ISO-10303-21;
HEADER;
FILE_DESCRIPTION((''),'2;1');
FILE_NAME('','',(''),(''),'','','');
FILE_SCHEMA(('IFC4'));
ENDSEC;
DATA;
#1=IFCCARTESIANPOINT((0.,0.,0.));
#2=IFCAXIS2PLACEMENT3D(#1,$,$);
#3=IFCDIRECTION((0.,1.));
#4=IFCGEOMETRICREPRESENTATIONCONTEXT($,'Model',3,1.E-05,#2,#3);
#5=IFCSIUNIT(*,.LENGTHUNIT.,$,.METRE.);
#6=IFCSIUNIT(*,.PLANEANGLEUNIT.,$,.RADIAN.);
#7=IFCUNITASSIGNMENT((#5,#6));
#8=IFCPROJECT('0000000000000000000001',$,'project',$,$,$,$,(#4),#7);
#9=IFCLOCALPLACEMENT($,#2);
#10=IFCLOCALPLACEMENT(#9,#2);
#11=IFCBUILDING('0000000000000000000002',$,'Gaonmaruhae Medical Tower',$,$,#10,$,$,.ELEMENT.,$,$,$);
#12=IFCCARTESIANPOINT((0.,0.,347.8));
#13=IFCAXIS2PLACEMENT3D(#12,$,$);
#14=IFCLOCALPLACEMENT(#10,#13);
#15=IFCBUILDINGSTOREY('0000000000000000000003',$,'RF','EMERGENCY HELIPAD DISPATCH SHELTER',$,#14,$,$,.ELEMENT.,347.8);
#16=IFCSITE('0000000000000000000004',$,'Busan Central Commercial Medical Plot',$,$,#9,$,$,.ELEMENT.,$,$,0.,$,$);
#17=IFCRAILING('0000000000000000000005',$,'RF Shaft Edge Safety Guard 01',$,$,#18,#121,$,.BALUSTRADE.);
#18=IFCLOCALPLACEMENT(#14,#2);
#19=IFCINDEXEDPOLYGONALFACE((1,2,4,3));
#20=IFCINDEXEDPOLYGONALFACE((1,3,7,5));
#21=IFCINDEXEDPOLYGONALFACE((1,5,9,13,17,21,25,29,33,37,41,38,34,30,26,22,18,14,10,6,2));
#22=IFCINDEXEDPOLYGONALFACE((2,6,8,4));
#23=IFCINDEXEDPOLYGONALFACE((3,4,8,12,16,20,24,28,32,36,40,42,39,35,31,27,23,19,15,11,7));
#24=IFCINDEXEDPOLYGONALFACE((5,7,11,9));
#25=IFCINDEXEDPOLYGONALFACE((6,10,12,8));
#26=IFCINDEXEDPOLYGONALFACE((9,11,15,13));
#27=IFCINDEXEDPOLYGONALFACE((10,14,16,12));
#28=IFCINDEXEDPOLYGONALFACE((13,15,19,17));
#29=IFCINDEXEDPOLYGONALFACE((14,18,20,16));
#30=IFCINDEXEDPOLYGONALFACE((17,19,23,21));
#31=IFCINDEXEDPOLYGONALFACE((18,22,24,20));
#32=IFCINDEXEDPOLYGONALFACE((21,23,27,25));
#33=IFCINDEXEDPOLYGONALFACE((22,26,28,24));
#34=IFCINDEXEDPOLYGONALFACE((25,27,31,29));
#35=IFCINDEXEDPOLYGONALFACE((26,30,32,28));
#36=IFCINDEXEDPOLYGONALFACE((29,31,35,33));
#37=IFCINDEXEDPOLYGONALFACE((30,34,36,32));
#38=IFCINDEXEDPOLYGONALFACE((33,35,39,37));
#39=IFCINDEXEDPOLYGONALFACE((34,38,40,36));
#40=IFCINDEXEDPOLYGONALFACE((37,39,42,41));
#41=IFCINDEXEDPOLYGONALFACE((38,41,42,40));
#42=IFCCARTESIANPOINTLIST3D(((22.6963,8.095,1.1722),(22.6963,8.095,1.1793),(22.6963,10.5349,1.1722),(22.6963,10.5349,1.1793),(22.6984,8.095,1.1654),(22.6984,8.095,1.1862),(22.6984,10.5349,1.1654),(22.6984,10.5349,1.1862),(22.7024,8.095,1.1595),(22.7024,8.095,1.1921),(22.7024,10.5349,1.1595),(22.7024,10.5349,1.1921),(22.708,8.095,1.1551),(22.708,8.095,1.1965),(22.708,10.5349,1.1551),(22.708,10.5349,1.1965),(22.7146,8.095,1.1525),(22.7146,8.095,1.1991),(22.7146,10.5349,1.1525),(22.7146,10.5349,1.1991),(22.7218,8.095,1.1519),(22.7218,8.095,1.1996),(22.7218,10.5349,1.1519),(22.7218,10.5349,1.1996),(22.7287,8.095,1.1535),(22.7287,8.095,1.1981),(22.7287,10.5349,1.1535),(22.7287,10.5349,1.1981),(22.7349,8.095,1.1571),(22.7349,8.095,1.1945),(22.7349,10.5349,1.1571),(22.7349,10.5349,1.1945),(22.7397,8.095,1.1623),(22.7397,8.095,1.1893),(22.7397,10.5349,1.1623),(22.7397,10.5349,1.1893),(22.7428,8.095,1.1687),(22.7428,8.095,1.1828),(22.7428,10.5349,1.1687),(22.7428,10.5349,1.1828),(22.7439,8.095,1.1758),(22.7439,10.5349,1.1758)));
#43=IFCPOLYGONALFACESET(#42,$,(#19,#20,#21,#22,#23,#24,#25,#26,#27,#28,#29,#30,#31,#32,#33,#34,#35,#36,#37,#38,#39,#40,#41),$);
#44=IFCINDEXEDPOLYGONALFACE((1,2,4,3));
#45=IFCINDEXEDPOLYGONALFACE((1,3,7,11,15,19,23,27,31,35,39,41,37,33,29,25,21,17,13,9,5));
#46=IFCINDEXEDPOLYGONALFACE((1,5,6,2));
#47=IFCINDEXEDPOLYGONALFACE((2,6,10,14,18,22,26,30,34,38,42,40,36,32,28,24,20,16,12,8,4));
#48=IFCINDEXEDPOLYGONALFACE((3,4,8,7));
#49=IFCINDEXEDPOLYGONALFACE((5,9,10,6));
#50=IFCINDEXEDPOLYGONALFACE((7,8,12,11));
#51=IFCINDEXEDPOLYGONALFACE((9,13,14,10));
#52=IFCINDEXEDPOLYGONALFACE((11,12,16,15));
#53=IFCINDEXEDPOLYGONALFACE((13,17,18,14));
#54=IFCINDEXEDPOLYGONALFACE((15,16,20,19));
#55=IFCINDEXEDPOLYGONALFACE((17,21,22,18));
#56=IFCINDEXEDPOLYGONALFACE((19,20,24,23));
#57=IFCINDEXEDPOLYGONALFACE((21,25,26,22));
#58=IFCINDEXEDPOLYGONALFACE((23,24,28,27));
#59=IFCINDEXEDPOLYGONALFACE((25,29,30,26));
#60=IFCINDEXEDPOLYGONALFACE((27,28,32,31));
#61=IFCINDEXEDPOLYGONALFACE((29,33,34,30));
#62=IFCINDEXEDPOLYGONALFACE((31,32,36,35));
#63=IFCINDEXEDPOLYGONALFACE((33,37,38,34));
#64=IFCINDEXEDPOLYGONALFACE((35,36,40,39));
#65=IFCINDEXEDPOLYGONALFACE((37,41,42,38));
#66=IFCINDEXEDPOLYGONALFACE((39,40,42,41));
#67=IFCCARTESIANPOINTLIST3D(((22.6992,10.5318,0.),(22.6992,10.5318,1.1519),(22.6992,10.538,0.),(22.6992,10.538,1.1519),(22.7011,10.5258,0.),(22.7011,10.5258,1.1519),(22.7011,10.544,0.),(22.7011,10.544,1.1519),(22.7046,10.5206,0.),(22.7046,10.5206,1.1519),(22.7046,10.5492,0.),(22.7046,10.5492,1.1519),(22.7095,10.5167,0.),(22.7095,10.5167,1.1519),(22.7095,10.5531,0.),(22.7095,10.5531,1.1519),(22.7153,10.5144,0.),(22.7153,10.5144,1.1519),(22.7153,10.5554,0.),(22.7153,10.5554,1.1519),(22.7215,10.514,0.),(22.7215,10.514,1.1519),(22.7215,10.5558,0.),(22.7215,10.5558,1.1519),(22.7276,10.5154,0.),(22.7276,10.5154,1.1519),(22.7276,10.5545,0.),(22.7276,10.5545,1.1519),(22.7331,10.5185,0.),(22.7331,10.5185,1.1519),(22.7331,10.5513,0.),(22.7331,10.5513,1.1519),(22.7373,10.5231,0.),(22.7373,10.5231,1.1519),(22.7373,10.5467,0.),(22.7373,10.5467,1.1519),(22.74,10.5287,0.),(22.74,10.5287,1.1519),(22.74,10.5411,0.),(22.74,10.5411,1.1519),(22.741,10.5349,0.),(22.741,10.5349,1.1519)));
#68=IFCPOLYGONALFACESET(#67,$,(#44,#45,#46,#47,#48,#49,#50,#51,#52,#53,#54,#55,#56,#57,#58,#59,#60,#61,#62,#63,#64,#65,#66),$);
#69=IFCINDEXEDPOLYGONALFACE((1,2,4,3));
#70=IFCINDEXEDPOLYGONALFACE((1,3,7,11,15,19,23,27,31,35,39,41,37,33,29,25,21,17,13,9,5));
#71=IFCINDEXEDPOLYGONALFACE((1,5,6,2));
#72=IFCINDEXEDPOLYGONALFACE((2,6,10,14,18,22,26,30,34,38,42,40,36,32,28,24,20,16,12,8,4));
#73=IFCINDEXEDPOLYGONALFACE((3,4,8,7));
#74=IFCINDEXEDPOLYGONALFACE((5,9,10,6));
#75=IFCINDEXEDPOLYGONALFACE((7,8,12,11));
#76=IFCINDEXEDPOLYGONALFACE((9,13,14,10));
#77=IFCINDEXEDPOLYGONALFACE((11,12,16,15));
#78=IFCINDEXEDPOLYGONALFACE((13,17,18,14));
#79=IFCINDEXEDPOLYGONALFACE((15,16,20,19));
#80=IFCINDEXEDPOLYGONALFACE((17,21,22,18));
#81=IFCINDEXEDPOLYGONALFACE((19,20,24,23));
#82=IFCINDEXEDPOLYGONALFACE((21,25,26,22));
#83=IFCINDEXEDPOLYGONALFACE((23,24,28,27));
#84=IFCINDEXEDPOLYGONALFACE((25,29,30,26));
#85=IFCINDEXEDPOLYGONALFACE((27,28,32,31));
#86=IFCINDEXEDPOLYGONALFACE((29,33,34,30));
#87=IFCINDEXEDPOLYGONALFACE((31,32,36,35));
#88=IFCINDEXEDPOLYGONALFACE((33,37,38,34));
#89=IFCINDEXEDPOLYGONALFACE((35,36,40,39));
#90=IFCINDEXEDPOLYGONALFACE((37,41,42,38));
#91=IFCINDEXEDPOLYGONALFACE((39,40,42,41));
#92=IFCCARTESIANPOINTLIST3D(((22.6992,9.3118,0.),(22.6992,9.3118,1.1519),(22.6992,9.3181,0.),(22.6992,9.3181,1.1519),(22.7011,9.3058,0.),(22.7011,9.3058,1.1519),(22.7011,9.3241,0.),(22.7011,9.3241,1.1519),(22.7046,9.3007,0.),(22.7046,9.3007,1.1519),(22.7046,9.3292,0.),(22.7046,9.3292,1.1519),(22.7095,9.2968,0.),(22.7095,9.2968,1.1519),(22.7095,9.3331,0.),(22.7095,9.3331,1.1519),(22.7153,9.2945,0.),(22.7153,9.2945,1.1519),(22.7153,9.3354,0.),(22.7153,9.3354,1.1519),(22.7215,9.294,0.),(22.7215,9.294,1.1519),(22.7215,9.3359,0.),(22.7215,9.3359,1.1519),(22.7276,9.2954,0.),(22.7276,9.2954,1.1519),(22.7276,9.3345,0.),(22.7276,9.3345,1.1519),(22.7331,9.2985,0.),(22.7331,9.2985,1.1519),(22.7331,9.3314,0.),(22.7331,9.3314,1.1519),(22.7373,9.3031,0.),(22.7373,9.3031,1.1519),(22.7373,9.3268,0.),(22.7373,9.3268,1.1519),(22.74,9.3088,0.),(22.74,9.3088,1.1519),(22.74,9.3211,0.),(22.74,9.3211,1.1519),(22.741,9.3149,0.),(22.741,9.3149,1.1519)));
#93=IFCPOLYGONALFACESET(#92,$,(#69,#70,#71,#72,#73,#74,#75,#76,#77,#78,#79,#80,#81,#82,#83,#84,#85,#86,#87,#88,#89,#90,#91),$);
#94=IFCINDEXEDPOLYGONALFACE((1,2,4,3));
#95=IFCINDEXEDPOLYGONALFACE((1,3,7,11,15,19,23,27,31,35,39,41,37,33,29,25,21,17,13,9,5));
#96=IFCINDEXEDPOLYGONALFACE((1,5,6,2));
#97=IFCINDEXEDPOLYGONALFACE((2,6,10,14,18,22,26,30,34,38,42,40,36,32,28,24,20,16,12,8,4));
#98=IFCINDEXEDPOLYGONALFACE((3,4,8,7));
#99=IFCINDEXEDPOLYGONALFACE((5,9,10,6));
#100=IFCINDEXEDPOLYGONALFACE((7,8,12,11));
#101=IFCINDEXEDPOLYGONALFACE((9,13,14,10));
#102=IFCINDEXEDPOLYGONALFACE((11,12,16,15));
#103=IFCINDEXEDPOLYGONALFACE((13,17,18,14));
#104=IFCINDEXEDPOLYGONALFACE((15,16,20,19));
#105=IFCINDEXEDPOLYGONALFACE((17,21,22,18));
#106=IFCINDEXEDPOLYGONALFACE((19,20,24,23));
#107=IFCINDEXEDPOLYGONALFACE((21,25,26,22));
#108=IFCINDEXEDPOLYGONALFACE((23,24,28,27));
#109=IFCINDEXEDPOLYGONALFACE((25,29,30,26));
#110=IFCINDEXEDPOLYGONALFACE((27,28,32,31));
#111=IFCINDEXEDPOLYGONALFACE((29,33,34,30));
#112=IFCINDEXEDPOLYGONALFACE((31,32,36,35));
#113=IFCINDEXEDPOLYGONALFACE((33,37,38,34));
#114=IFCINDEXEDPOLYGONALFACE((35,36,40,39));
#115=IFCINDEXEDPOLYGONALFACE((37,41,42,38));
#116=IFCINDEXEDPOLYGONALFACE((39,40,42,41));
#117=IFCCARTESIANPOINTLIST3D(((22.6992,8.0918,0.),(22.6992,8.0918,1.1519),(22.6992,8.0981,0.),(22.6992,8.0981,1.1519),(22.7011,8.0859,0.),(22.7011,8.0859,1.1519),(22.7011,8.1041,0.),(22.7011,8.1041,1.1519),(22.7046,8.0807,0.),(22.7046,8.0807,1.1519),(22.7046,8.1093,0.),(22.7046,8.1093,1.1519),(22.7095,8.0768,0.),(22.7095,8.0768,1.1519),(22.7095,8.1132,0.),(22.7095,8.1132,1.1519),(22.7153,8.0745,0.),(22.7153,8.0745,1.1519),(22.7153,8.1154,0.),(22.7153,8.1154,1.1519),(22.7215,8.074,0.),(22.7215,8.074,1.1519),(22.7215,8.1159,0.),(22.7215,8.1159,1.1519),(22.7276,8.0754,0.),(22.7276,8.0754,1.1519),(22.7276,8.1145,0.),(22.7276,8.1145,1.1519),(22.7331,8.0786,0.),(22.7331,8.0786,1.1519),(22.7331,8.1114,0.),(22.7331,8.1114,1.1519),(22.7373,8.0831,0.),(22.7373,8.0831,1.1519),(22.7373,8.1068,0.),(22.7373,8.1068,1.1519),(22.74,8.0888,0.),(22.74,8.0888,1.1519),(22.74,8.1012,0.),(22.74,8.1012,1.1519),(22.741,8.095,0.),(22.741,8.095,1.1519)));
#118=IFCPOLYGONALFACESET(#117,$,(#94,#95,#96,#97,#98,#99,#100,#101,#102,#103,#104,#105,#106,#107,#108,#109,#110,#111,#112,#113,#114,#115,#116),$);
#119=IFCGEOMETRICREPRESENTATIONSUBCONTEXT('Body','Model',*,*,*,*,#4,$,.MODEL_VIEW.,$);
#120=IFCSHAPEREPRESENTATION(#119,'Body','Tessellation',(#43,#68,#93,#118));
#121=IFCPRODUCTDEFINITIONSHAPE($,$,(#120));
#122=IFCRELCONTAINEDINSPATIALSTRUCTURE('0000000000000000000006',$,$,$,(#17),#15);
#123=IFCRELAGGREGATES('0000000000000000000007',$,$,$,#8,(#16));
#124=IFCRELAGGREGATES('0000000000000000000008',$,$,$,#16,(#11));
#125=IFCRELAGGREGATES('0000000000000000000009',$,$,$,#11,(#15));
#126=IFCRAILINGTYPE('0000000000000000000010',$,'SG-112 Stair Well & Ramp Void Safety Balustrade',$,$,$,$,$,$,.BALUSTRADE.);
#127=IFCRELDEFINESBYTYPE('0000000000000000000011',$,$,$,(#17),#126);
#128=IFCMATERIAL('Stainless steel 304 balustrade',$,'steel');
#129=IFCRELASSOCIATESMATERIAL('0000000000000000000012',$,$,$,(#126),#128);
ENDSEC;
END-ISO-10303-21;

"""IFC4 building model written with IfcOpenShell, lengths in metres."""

from ifc_helpers import new_model, si_unit, direction, frame, origin, origin_2d, place, context, subcontext, project, spatial, circle, extrude, material, type_object, element, save


model = new_model("IFC4")

# Units and contexts
model_context = context("Model", 3, precision=1e-05, world=origin(), true_north=direction((0.0, 1.0)))
body_context = subcontext(model_context, "Body", "Model", "MODEL_VIEW")
ifc_project = project(units=[si_unit("LENGTHUNIT", "METRE"), si_unit("PLANEANGLEUNIT", "RADIAN")], contexts=[model_context])

# Site, building, storey
site_placement = place(None, origin())
site = spatial("IfcSite", under=ifc_project, at=site_placement, Name="Busan Central Commercial Medical Plot", CompositionType="ELEMENT", RefElevation=0.0)
building_placement = place(site_placement, origin())
building = spatial("IfcBuilding", under=site, at=building_placement, Name="Gaonmaruhae Medical Tower", CompositionType="ELEMENT")
storey_placement = place(building_placement, frame((0.0, 0.0, 347.8)))
storey = spatial("IfcBuildingStorey", under=building, at=storey_placement, Name="RF", Description="EMERGENCY HELIPAD DISPATCH SHELTER", CompositionType="ELEMENT", Elevation=347.8)

# Railing
ifc_material_1 = material(Name="Stainless steel 304 balustrade", Category="steel")
railing_type = type_object("IfcRailingType", Name="SG-112 Stair Well & Ramp Void Safety Balustrade", PredefinedType="BALUSTRADE", material=ifc_material_1)
railing_1_placement = place(storey_placement, frame((22.72, 10.5349, 0.0)))
element("IfcRailing", 1, at=railing_1_placement, inside=storey, type_object=railing_type, Name="RF Shaft Edge Safety Guard 01", PredefinedType="BALUSTRADE", context=body_context, shape_type="SweptSolid", body=[
    extrude(circle(Radius=0.0239, at=origin_2d()), frame((0.0, 0.0, 1.1758), z_axis=(0.0, -1.0, 0.0), x_axis=(1.0, 0.0, 0.0)), (0.0, 0.0, 1.0), 2.4399),
    extrude(circle(Radius=0.021, at=origin_2d()), origin(), (0.0, 0.0, 1.0), 1.1519),
    extrude(circle(Radius=0.021, at=origin_2d()), frame((0.0, -1.22, 0.0)), (0.0, 0.0, 1.0), 1.1519),
    extrude(circle(Radius=0.021, at=origin_2d()), frame((0.0, -2.4399, 0.0)), (0.0, 0.0, 1.0), 1.1519),
])

save(model, "model.ifc")
